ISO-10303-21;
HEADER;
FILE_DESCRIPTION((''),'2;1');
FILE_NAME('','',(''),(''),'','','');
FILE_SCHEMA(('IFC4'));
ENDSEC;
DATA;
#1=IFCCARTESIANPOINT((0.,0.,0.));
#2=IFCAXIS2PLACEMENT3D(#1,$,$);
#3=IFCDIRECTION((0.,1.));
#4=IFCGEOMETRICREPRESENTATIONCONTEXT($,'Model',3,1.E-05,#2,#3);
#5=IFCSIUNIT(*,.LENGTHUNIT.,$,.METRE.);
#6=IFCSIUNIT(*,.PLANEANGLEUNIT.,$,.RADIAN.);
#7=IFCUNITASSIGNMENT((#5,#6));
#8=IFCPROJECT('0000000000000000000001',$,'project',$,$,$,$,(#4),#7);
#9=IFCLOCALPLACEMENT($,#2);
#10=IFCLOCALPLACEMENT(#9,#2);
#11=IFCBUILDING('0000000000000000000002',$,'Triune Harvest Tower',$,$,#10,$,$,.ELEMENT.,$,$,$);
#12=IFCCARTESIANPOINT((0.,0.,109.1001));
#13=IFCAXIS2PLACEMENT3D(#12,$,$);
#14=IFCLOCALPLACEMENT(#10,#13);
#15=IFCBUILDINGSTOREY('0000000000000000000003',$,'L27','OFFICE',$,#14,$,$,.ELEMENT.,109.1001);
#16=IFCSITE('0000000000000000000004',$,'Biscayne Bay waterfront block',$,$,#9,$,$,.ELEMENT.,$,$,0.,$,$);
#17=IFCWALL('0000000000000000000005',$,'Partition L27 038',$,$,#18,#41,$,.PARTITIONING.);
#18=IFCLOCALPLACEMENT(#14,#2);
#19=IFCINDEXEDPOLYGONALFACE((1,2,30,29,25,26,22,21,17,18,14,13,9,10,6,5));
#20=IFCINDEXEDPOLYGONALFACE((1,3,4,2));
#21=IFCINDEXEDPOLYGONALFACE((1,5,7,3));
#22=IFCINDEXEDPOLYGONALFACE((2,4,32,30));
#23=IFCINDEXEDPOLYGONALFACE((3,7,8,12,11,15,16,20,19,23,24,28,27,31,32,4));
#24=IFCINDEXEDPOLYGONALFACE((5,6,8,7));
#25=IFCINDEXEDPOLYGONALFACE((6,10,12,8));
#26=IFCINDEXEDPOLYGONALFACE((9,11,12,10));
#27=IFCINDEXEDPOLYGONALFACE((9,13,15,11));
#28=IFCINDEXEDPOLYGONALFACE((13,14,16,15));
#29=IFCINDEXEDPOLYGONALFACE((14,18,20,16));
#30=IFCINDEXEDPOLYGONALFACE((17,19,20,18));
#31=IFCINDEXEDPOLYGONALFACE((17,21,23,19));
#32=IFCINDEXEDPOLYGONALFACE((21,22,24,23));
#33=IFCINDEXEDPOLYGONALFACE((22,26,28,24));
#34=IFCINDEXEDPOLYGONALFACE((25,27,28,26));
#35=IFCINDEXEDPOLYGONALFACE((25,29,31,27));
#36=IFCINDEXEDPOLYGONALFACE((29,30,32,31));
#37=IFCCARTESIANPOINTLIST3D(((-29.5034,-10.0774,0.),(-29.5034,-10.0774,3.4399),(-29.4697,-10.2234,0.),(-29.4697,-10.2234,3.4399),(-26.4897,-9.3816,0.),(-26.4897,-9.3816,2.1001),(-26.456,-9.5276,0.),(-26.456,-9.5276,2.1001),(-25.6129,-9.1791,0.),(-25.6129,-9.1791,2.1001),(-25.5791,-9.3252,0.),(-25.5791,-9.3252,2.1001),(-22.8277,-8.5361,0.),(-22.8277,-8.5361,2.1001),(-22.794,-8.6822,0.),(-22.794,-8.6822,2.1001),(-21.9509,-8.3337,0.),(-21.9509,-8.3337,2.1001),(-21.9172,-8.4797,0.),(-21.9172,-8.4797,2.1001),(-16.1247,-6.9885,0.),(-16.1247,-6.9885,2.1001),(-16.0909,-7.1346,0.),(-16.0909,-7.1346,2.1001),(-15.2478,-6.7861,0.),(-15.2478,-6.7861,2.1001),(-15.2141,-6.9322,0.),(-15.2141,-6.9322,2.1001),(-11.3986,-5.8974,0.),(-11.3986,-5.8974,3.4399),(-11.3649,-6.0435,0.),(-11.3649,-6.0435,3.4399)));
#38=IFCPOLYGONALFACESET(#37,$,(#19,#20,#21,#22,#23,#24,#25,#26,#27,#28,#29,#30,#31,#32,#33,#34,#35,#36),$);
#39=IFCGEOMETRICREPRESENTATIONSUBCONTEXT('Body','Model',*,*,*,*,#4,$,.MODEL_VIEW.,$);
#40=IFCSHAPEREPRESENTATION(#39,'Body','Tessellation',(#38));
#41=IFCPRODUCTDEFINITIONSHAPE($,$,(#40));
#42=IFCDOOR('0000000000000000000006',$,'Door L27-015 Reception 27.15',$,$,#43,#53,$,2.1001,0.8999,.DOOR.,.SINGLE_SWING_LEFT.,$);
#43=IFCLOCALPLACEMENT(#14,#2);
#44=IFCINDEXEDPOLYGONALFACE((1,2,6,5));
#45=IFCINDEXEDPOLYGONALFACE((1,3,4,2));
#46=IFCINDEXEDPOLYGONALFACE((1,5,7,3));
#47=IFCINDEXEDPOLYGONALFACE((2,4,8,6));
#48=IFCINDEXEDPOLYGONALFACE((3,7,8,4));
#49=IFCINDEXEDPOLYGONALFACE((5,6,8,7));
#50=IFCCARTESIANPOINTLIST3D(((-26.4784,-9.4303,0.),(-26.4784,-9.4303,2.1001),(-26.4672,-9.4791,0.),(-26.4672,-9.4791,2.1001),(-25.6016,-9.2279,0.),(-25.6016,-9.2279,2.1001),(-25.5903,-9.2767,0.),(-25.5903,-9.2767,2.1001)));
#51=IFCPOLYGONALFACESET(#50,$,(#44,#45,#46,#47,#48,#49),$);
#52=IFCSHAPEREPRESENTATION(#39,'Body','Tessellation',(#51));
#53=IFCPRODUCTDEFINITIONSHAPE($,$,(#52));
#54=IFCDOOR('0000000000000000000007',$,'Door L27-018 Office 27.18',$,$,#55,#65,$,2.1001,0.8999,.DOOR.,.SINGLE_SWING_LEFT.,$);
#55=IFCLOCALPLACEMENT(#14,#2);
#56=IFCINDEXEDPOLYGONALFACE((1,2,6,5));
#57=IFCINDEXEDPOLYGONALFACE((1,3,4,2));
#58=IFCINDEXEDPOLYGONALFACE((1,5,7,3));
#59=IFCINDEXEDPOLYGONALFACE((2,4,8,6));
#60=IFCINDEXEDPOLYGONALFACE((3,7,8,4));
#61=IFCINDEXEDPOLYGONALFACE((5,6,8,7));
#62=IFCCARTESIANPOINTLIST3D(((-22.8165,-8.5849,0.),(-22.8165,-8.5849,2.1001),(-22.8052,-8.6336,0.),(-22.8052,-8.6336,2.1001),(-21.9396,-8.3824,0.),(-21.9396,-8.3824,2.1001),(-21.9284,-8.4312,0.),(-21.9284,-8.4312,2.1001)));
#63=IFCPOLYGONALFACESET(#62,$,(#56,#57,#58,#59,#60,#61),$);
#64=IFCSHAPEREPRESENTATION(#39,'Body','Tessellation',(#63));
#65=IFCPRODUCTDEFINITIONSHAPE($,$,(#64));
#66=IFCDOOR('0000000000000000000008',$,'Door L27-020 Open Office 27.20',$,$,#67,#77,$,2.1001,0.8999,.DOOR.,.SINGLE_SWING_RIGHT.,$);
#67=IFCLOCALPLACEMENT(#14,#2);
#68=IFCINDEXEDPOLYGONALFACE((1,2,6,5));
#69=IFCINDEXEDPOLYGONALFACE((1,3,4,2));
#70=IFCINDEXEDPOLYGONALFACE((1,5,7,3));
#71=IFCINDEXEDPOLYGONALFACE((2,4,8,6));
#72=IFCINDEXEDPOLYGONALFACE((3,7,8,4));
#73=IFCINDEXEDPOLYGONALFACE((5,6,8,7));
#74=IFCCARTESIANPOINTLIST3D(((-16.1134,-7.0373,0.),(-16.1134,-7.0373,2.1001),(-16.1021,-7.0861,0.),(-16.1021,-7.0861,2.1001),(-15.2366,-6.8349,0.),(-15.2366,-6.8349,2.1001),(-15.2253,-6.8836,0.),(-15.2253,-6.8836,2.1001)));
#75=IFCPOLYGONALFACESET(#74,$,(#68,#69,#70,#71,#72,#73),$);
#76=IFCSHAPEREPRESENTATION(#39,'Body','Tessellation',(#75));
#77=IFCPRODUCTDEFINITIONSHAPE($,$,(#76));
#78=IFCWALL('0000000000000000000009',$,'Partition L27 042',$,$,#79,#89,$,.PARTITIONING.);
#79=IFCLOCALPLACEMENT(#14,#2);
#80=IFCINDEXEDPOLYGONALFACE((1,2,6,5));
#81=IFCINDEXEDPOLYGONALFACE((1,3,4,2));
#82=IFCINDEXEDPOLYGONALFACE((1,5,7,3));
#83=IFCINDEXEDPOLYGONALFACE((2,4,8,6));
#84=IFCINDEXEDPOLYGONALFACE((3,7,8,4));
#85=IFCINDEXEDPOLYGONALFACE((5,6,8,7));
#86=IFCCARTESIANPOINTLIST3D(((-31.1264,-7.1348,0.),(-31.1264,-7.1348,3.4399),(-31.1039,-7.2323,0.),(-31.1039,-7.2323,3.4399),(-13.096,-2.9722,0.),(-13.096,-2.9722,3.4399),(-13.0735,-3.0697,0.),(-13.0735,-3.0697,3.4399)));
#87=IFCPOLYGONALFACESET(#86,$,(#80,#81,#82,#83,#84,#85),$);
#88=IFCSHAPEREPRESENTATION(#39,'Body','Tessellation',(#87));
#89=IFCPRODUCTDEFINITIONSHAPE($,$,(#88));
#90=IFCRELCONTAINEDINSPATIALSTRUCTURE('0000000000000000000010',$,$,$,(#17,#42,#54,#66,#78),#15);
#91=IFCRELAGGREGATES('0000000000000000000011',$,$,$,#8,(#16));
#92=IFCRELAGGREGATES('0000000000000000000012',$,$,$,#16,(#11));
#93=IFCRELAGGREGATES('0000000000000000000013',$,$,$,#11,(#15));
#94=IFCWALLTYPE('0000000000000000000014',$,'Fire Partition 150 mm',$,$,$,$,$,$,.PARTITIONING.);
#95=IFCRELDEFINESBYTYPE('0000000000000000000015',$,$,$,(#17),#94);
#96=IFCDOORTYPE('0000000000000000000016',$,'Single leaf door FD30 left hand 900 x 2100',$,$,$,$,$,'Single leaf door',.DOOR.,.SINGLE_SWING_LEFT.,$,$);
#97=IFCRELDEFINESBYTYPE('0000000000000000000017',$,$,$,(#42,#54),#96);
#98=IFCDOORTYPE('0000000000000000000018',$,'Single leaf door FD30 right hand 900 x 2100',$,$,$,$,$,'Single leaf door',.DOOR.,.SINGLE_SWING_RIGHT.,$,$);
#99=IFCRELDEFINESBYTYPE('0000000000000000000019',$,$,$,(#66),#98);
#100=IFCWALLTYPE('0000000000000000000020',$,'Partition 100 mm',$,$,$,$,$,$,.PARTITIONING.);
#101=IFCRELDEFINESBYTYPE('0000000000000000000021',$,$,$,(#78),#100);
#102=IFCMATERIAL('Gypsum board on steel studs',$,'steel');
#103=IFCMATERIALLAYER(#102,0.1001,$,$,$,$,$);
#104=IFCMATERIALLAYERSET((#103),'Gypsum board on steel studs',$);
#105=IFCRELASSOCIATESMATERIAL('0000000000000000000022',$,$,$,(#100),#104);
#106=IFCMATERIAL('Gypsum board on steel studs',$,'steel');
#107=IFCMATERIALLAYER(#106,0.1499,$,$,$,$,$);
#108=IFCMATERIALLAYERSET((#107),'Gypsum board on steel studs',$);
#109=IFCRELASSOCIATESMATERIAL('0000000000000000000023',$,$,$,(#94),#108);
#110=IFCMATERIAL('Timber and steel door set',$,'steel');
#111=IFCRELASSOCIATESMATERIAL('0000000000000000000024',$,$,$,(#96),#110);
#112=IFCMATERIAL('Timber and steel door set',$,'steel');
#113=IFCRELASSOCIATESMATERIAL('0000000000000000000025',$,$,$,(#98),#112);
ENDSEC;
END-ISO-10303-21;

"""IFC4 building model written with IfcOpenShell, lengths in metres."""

from ifc_helpers import new_model, si_unit, direction, frame, frame_2d, origin, place, context, subcontext, project, spatial, rectangle, extrude, source, transform, mapped, material, layer, layer_set, type_object, element, fill, save


model = new_model("IFC4")

# Units and contexts
model_context = context("Model", 3, precision=1e-05, world=origin(), true_north=direction((0.0, 1.0)))
body_context = subcontext(model_context, "Body", "Model", "MODEL_VIEW")
ifc_project = project(units=[si_unit("LENGTHUNIT", "METRE"), si_unit("PLANEANGLEUNIT", "RADIAN")], contexts=[model_context])

# Site, building, storey
site_placement = place(None, origin())
site = spatial("IfcSite", under=ifc_project, at=site_placement, Name="Biscayne Bay waterfront block", CompositionType="ELEMENT", RefElevation=0.0)
building_placement = place(site_placement, origin())
building = spatial("IfcBuilding", under=site, at=building_placement, Name="Triune Harvest Tower", CompositionType="ELEMENT")
storey_placement = place(building_placement, frame((0.0, 0.0, 109.1001)))
storey = spatial("IfcBuildingStorey", under=building, at=storey_placement, Name="L27", Description="OFFICE", CompositionType="ELEMENT", Elevation=109.1001)

# Shared definitions
ifc_material_1 = material(Name="Gypsum board on steel studs", Category="steel")
ifc_layer_1 = layer(ifc_material_1, 0.1001)
ifc_layer_set_1 = layer_set([ifc_layer_1], Name="Gypsum board on steel studs")
wall_type_1 = type_object("IfcWallType", Name="Partition 100 mm", PredefinedType="PARTITIONING", material=ifc_layer_set_1)
ifc_material_2 = material(Name="Gypsum board on steel studs", Category="steel")
ifc_layer_2 = layer(ifc_material_2, 0.1499)
ifc_layer_set_2 = layer_set([ifc_layer_2], Name="Gypsum board on steel studs")
wall_type_2 = type_object("IfcWallType", Name="Fire Partition 150 mm", PredefinedType="PARTITIONING", material=ifc_layer_set_2)

# Wall, openings, doors
shared_shape_1 = source(origin(), body_context, "Body", "SweptSolid", [
    extrude(rectangle(XDim=18.5811, YDim=0.1499, at=frame_2d((9.2905, 0.0))), origin(), (0.0, 0.0, 1.0), 3.4399),
])
wall_1_placement = place(storey_placement, frame((-29.4866, -10.1504, 0.0), z_axis=(0.0, 0.0, 1.0), x_axis=(0.974369, 0.224957, 0.0)))
wall_1 = element("IfcWall", 1, at=wall_1_placement, inside=storey, type_object=wall_type_2, Name="Partition L27 038", PredefinedType="PARTITIONING", context=body_context, shape_type="MappedRepresentation", body=[
    mapped(shared_shape_1, transform((0.0, 0.0, 0.0), scale=1.0)),
])
opening_1_placement = place(wall_1_placement, frame((3.093, 0.0, 0.0)))
opening_1 = element("IfcOpeningElement", 2, at=opening_1_placement, cuts=wall_1, PredefinedType="OPENING", context=body_context, shape_type="SweptSolid", body=[
    extrude(rectangle(XDim=0.8999, YDim=2.1001, at=frame_2d((0.45, 1.05))), frame((0.0, 0.085, 0.0), z_axis=(0.0, -1.0, 0.0), x_axis=(1.0, 0.0, 0.0)), (0.0, 0.0, 1.0), 0.1699),
])
opening_2_placement = place(wall_1_placement, frame((6.8513, 0.0, 0.0)))
opening_2 = element("IfcOpeningElement", 3, at=opening_2_placement, cuts=wall_1, PredefinedType="OPENING", context=body_context, shape_type="SweptSolid", body=[
    extrude(rectangle(XDim=0.8999, YDim=2.1001, at=frame_2d((0.45, 1.05))), frame((0.0, 0.085, 0.0), z_axis=(0.0, -1.0, 0.0), x_axis=(1.0, 0.0, 0.0)), (0.0, 0.0, 1.0), 0.1699),
])
opening_3_placement = place(wall_1_placement, frame((13.7307, 0.0, 0.0)))
opening_3 = element("IfcOpeningElement", 4, at=opening_3_placement, cuts=wall_1, PredefinedType="OPENING", context=body_context, shape_type="SweptSolid", body=[
    extrude(rectangle(XDim=0.8999, YDim=2.1001, at=frame_2d((0.45, 1.05))), frame((0.0, 0.085, 0.0), z_axis=(0.0, -1.0, 0.0), x_axis=(1.0, 0.0, 0.0)), (0.0, 0.0, 1.0), 0.1699),
])
ifc_material_3 = material(Name="Timber and steel door set", Category="steel")
door_type_1 = type_object("IfcDoorType", Name="Single leaf door FD30 left hand 900 x 2100", ElementType="Single leaf door", OperationType="SINGLE_SWING_LEFT", PredefinedType="DOOR", material=ifc_material_3)
door_1_placement = place(opening_1_placement, origin())
door_1 = element("IfcDoor", 5, at=door_1_placement, inside=storey, type_object=door_type_1, Name="Door L27-015 Reception 27.15", OperationType="SINGLE_SWING_LEFT", OverallHeight=2.1001, OverallWidth=0.8999, PredefinedType="DOOR", context=body_context, shape_type="SweptSolid", body=[
    extrude(rectangle(XDim=0.8999, YDim=2.1001, at=frame_2d((0.45, 1.05))), frame((0.0, 0.0249, 0.0), z_axis=(0.0, -1.0, 0.0), x_axis=(1.0, 0.0, 0.0)), (0.0, 0.0, 1.0), 0.05),
])
fill(opening_1, door_1)
door_2_placement = place(opening_2_placement, origin())
door_2 = element("IfcDoor", 6, at=door_2_placement, inside=storey, type_object=door_type_1, Name="Door L27-018 Office 27.18", OperationType="SINGLE_SWING_LEFT", OverallHeight=2.1001, OverallWidth=0.8999, PredefinedType="DOOR", context=body_context, shape_type="SweptSolid", body=[
    extrude(rectangle(XDim=0.8999, YDim=2.1001, at=frame_2d((0.45, 1.05))), frame((0.0, 0.0249, 0.0), z_axis=(0.0, -1.0, 0.0), x_axis=(1.0, 0.0, 0.0)), (0.0, 0.0, 1.0), 0.05),
])
fill(opening_2, door_2)
ifc_material_4 = material(Name="Timber and steel door set", Category="steel")
door_type_2 = type_object("IfcDoorType", Name="Single leaf door FD30 right hand 900 x 2100", ElementType="Single leaf door", OperationType="SINGLE_SWING_RIGHT", PredefinedType="DOOR", material=ifc_material_4)
door_3_placement = place(opening_3_placement, origin())
door_3 = element("IfcDoor", 7, at=door_3_placement, inside=storey, type_object=door_type_2, Name="Door L27-020 Open Office 27.20", OperationType="SINGLE_SWING_RIGHT", OverallHeight=2.1001, OverallWidth=0.8999, PredefinedType="DOOR", context=body_context, shape_type="SweptSolid", body=[
    extrude(rectangle(XDim=0.8999, YDim=2.1001, at=frame_2d((0.45, 1.05))), frame((0.0, 0.0249, 0.0), z_axis=(0.0, -1.0, 0.0), x_axis=(1.0, 0.0, 0.0)), (0.0, 0.0, 1.0), 0.05),
])
fill(opening_3, door_3)

# Wall
shared_shape_2 = source(origin(), body_context, "Body", "SweptSolid", [
    extrude(rectangle(XDim=18.5046, YDim=0.1001, at=frame_2d((9.2524, 0.0))), origin(), (0.0, 0.0, 1.0), 3.4399),
])
wall_2_placement = place(storey_placement, frame((-31.1152, -7.1836, 0.0), z_axis=(0.0, 0.0, 1.0), x_axis=(0.97437, 0.22495, 0.0)))
element("IfcWall", 8, at=wall_2_placement, inside=storey, type_object=wall_type_1, Name="Partition L27 042", PredefinedType="PARTITIONING", context=body_context, shape_type="MappedRepresentation", body=[
    mapped(shared_shape_2, transform((0.0, 0.0, 0.0), scale=1.0)),
])

save(model, "model.ifc")
